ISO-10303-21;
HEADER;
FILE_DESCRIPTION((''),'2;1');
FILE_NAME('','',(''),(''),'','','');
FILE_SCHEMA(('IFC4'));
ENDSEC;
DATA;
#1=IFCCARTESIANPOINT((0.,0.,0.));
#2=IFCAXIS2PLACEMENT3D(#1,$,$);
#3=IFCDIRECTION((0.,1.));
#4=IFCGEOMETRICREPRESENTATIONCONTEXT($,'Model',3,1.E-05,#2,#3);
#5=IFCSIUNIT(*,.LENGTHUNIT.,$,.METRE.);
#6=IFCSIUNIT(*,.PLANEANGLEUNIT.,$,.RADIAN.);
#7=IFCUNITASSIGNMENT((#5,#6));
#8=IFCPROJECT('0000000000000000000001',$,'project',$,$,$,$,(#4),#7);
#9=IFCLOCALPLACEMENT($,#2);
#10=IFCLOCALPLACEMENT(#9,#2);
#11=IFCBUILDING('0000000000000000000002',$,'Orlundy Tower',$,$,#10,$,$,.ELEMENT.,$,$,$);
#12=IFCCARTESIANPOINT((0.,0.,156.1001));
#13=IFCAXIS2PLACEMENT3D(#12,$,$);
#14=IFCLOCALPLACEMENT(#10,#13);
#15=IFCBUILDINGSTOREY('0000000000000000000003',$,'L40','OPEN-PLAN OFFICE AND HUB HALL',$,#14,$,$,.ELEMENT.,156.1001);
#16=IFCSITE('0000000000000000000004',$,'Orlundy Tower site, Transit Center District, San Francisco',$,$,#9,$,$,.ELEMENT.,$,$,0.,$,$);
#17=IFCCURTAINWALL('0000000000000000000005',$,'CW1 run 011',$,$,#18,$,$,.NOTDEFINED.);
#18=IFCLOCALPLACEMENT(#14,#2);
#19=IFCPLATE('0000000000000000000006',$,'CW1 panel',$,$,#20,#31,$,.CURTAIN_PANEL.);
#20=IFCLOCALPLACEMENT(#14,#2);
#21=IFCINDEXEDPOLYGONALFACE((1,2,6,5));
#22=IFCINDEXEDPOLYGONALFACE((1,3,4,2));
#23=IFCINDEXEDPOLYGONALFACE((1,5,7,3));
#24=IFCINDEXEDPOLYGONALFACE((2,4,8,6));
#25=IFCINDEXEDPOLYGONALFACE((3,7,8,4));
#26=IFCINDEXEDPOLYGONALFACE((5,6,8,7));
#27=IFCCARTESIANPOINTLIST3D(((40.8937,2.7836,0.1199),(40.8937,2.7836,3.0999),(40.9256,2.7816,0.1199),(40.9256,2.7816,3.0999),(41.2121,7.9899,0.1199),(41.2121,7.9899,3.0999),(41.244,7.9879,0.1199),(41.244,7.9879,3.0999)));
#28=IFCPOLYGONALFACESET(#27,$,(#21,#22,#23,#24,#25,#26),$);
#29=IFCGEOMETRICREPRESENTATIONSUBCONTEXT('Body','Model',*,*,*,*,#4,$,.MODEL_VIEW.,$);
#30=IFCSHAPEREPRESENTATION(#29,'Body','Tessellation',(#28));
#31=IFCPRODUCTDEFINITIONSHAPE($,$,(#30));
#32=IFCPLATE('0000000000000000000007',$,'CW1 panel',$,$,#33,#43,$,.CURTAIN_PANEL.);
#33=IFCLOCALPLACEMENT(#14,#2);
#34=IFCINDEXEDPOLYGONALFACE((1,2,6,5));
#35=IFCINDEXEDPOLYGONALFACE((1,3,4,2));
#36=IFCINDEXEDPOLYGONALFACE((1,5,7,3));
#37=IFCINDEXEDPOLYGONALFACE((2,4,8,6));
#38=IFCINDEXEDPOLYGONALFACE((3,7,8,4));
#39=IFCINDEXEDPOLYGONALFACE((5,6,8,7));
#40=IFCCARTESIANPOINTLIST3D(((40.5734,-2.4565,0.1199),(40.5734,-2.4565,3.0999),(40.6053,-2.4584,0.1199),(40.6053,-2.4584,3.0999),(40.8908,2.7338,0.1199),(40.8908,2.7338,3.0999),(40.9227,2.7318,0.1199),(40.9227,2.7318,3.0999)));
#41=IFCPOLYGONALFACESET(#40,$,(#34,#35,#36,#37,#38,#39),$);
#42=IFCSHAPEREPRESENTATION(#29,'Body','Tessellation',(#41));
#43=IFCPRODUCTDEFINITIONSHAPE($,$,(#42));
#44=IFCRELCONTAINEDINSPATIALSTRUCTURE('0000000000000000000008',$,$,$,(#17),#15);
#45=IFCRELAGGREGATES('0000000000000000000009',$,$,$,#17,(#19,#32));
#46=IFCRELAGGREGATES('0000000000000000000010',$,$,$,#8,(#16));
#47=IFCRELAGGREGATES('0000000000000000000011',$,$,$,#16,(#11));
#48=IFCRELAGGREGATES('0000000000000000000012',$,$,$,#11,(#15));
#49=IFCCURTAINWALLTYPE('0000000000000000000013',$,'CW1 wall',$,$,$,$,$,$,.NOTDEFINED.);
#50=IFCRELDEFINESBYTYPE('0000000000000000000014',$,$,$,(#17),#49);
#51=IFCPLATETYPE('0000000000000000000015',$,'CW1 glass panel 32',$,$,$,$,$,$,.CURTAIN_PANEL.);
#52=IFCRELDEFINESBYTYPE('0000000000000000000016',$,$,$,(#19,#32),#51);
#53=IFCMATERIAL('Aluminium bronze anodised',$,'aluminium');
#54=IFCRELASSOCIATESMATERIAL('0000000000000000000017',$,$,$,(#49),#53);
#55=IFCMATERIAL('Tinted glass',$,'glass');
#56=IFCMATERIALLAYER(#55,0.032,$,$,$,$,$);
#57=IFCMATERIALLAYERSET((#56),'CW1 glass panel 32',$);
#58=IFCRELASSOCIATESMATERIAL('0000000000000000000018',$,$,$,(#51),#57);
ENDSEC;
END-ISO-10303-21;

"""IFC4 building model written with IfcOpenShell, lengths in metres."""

from ifc_helpers import new_model, si_unit, direction, frame, origin, origin_2d, place, context, subcontext, project, spatial, rectangle, extrude, material, layer, layer_set, type_object, element, aggregate, save


model = new_model("IFC4")

# Units and contexts
model_context = context("Model", 3, precision=1e-05, world=origin(), true_north=direction((0.0, 1.0)))
body_context = subcontext(model_context, "Body", "Model", "MODEL_VIEW")
ifc_project = project(units=[si_unit("LENGTHUNIT", "METRE"), si_unit("PLANEANGLEUNIT", "RADIAN")], contexts=[model_context])

# Site, building, storey
site_placement = place(None, origin())
site = spatial("IfcSite", under=ifc_project, at=site_placement, Name="Orlundy Tower site, Transit Center District, San Francisco", CompositionType="ELEMENT", RefElevation=0.0)
building_placement = place(site_placement, origin())
building = spatial("IfcBuilding", under=site, at=building_placement, Name="Orlundy Tower", CompositionType="ELEMENT")
storey_placement = place(building_placement, frame((0.0, 0.0, 156.1001)))
storey = spatial("IfcBuildingStorey", under=building, at=storey_placement, Name="L40", Description="OPEN-PLAN OFFICE AND HUB HALL", CompositionType="ELEMENT", Elevation=156.1001)

# Shared definitions
ifc_material_1 = material(Name="Aluminium bronze anodised", Category="aluminium")
curtain_wall_type = type_object("IfcCurtainWallType", Name="CW1 wall", PredefinedType="NOTDEFINED", material=ifc_material_1)

# Curtain wall
curtain_wall_1_placement = place(storey_placement, origin())
curtain_wall_1 = element("IfcCurtainWall", 1, at=curtain_wall_1_placement, inside=storey, type_object=curtain_wall_type, Name="CW1 run 011", PredefinedType="NOTDEFINED")

# Plates
ifc_material_2 = material(Name="Tinted glass", Category="glass")
ifc_layer = layer(ifc_material_2, 0.032)
ifc_layer_set = layer_set([ifc_layer], Name="CW1 glass panel 32")
plate_type = type_object("IfcPlateType", Name="CW1 glass panel 32", PredefinedType="CURTAIN_PANEL", material=ifc_layer_set)
plate_1_placement = place(storey_placement, frame((41.0688, 5.3857, 0.1199), z_axis=(0.0, 0.0, 1.0), x_axis=(-0.061047, -0.998135, 0.0)))
plate_1 = element("IfcPlate", 2, at=plate_1_placement, type_object=plate_type, Name="CW1 panel", PredefinedType="CURTAIN_PANEL", context=body_context, shape_type="SweptSolid", body=[
    extrude(rectangle(XDim=5.2161, YDim=0.032, at=origin_2d()), origin(), (0.0, 0.0, 1.0), 2.98),
])
plate_2_placement = place(storey_placement, frame((40.748, 0.1377, 0.1199), z_axis=(0.0, 0.0, 1.0), x_axis=(-0.061047, -0.998135, 0.0)))
plate_2 = element("IfcPlate", 3, at=plate_2_placement, type_object=plate_type, Name="CW1 panel", PredefinedType="CURTAIN_PANEL", context=body_context, shape_type="SweptSolid", body=[
    extrude(rectangle(XDim=5.2, YDim=0.032, at=origin_2d()), origin(), (0.0, 0.0, 1.0), 2.98),
])
aggregate(curtain_wall_1, [plate_1, plate_2])

save(model, "model.ifc")
